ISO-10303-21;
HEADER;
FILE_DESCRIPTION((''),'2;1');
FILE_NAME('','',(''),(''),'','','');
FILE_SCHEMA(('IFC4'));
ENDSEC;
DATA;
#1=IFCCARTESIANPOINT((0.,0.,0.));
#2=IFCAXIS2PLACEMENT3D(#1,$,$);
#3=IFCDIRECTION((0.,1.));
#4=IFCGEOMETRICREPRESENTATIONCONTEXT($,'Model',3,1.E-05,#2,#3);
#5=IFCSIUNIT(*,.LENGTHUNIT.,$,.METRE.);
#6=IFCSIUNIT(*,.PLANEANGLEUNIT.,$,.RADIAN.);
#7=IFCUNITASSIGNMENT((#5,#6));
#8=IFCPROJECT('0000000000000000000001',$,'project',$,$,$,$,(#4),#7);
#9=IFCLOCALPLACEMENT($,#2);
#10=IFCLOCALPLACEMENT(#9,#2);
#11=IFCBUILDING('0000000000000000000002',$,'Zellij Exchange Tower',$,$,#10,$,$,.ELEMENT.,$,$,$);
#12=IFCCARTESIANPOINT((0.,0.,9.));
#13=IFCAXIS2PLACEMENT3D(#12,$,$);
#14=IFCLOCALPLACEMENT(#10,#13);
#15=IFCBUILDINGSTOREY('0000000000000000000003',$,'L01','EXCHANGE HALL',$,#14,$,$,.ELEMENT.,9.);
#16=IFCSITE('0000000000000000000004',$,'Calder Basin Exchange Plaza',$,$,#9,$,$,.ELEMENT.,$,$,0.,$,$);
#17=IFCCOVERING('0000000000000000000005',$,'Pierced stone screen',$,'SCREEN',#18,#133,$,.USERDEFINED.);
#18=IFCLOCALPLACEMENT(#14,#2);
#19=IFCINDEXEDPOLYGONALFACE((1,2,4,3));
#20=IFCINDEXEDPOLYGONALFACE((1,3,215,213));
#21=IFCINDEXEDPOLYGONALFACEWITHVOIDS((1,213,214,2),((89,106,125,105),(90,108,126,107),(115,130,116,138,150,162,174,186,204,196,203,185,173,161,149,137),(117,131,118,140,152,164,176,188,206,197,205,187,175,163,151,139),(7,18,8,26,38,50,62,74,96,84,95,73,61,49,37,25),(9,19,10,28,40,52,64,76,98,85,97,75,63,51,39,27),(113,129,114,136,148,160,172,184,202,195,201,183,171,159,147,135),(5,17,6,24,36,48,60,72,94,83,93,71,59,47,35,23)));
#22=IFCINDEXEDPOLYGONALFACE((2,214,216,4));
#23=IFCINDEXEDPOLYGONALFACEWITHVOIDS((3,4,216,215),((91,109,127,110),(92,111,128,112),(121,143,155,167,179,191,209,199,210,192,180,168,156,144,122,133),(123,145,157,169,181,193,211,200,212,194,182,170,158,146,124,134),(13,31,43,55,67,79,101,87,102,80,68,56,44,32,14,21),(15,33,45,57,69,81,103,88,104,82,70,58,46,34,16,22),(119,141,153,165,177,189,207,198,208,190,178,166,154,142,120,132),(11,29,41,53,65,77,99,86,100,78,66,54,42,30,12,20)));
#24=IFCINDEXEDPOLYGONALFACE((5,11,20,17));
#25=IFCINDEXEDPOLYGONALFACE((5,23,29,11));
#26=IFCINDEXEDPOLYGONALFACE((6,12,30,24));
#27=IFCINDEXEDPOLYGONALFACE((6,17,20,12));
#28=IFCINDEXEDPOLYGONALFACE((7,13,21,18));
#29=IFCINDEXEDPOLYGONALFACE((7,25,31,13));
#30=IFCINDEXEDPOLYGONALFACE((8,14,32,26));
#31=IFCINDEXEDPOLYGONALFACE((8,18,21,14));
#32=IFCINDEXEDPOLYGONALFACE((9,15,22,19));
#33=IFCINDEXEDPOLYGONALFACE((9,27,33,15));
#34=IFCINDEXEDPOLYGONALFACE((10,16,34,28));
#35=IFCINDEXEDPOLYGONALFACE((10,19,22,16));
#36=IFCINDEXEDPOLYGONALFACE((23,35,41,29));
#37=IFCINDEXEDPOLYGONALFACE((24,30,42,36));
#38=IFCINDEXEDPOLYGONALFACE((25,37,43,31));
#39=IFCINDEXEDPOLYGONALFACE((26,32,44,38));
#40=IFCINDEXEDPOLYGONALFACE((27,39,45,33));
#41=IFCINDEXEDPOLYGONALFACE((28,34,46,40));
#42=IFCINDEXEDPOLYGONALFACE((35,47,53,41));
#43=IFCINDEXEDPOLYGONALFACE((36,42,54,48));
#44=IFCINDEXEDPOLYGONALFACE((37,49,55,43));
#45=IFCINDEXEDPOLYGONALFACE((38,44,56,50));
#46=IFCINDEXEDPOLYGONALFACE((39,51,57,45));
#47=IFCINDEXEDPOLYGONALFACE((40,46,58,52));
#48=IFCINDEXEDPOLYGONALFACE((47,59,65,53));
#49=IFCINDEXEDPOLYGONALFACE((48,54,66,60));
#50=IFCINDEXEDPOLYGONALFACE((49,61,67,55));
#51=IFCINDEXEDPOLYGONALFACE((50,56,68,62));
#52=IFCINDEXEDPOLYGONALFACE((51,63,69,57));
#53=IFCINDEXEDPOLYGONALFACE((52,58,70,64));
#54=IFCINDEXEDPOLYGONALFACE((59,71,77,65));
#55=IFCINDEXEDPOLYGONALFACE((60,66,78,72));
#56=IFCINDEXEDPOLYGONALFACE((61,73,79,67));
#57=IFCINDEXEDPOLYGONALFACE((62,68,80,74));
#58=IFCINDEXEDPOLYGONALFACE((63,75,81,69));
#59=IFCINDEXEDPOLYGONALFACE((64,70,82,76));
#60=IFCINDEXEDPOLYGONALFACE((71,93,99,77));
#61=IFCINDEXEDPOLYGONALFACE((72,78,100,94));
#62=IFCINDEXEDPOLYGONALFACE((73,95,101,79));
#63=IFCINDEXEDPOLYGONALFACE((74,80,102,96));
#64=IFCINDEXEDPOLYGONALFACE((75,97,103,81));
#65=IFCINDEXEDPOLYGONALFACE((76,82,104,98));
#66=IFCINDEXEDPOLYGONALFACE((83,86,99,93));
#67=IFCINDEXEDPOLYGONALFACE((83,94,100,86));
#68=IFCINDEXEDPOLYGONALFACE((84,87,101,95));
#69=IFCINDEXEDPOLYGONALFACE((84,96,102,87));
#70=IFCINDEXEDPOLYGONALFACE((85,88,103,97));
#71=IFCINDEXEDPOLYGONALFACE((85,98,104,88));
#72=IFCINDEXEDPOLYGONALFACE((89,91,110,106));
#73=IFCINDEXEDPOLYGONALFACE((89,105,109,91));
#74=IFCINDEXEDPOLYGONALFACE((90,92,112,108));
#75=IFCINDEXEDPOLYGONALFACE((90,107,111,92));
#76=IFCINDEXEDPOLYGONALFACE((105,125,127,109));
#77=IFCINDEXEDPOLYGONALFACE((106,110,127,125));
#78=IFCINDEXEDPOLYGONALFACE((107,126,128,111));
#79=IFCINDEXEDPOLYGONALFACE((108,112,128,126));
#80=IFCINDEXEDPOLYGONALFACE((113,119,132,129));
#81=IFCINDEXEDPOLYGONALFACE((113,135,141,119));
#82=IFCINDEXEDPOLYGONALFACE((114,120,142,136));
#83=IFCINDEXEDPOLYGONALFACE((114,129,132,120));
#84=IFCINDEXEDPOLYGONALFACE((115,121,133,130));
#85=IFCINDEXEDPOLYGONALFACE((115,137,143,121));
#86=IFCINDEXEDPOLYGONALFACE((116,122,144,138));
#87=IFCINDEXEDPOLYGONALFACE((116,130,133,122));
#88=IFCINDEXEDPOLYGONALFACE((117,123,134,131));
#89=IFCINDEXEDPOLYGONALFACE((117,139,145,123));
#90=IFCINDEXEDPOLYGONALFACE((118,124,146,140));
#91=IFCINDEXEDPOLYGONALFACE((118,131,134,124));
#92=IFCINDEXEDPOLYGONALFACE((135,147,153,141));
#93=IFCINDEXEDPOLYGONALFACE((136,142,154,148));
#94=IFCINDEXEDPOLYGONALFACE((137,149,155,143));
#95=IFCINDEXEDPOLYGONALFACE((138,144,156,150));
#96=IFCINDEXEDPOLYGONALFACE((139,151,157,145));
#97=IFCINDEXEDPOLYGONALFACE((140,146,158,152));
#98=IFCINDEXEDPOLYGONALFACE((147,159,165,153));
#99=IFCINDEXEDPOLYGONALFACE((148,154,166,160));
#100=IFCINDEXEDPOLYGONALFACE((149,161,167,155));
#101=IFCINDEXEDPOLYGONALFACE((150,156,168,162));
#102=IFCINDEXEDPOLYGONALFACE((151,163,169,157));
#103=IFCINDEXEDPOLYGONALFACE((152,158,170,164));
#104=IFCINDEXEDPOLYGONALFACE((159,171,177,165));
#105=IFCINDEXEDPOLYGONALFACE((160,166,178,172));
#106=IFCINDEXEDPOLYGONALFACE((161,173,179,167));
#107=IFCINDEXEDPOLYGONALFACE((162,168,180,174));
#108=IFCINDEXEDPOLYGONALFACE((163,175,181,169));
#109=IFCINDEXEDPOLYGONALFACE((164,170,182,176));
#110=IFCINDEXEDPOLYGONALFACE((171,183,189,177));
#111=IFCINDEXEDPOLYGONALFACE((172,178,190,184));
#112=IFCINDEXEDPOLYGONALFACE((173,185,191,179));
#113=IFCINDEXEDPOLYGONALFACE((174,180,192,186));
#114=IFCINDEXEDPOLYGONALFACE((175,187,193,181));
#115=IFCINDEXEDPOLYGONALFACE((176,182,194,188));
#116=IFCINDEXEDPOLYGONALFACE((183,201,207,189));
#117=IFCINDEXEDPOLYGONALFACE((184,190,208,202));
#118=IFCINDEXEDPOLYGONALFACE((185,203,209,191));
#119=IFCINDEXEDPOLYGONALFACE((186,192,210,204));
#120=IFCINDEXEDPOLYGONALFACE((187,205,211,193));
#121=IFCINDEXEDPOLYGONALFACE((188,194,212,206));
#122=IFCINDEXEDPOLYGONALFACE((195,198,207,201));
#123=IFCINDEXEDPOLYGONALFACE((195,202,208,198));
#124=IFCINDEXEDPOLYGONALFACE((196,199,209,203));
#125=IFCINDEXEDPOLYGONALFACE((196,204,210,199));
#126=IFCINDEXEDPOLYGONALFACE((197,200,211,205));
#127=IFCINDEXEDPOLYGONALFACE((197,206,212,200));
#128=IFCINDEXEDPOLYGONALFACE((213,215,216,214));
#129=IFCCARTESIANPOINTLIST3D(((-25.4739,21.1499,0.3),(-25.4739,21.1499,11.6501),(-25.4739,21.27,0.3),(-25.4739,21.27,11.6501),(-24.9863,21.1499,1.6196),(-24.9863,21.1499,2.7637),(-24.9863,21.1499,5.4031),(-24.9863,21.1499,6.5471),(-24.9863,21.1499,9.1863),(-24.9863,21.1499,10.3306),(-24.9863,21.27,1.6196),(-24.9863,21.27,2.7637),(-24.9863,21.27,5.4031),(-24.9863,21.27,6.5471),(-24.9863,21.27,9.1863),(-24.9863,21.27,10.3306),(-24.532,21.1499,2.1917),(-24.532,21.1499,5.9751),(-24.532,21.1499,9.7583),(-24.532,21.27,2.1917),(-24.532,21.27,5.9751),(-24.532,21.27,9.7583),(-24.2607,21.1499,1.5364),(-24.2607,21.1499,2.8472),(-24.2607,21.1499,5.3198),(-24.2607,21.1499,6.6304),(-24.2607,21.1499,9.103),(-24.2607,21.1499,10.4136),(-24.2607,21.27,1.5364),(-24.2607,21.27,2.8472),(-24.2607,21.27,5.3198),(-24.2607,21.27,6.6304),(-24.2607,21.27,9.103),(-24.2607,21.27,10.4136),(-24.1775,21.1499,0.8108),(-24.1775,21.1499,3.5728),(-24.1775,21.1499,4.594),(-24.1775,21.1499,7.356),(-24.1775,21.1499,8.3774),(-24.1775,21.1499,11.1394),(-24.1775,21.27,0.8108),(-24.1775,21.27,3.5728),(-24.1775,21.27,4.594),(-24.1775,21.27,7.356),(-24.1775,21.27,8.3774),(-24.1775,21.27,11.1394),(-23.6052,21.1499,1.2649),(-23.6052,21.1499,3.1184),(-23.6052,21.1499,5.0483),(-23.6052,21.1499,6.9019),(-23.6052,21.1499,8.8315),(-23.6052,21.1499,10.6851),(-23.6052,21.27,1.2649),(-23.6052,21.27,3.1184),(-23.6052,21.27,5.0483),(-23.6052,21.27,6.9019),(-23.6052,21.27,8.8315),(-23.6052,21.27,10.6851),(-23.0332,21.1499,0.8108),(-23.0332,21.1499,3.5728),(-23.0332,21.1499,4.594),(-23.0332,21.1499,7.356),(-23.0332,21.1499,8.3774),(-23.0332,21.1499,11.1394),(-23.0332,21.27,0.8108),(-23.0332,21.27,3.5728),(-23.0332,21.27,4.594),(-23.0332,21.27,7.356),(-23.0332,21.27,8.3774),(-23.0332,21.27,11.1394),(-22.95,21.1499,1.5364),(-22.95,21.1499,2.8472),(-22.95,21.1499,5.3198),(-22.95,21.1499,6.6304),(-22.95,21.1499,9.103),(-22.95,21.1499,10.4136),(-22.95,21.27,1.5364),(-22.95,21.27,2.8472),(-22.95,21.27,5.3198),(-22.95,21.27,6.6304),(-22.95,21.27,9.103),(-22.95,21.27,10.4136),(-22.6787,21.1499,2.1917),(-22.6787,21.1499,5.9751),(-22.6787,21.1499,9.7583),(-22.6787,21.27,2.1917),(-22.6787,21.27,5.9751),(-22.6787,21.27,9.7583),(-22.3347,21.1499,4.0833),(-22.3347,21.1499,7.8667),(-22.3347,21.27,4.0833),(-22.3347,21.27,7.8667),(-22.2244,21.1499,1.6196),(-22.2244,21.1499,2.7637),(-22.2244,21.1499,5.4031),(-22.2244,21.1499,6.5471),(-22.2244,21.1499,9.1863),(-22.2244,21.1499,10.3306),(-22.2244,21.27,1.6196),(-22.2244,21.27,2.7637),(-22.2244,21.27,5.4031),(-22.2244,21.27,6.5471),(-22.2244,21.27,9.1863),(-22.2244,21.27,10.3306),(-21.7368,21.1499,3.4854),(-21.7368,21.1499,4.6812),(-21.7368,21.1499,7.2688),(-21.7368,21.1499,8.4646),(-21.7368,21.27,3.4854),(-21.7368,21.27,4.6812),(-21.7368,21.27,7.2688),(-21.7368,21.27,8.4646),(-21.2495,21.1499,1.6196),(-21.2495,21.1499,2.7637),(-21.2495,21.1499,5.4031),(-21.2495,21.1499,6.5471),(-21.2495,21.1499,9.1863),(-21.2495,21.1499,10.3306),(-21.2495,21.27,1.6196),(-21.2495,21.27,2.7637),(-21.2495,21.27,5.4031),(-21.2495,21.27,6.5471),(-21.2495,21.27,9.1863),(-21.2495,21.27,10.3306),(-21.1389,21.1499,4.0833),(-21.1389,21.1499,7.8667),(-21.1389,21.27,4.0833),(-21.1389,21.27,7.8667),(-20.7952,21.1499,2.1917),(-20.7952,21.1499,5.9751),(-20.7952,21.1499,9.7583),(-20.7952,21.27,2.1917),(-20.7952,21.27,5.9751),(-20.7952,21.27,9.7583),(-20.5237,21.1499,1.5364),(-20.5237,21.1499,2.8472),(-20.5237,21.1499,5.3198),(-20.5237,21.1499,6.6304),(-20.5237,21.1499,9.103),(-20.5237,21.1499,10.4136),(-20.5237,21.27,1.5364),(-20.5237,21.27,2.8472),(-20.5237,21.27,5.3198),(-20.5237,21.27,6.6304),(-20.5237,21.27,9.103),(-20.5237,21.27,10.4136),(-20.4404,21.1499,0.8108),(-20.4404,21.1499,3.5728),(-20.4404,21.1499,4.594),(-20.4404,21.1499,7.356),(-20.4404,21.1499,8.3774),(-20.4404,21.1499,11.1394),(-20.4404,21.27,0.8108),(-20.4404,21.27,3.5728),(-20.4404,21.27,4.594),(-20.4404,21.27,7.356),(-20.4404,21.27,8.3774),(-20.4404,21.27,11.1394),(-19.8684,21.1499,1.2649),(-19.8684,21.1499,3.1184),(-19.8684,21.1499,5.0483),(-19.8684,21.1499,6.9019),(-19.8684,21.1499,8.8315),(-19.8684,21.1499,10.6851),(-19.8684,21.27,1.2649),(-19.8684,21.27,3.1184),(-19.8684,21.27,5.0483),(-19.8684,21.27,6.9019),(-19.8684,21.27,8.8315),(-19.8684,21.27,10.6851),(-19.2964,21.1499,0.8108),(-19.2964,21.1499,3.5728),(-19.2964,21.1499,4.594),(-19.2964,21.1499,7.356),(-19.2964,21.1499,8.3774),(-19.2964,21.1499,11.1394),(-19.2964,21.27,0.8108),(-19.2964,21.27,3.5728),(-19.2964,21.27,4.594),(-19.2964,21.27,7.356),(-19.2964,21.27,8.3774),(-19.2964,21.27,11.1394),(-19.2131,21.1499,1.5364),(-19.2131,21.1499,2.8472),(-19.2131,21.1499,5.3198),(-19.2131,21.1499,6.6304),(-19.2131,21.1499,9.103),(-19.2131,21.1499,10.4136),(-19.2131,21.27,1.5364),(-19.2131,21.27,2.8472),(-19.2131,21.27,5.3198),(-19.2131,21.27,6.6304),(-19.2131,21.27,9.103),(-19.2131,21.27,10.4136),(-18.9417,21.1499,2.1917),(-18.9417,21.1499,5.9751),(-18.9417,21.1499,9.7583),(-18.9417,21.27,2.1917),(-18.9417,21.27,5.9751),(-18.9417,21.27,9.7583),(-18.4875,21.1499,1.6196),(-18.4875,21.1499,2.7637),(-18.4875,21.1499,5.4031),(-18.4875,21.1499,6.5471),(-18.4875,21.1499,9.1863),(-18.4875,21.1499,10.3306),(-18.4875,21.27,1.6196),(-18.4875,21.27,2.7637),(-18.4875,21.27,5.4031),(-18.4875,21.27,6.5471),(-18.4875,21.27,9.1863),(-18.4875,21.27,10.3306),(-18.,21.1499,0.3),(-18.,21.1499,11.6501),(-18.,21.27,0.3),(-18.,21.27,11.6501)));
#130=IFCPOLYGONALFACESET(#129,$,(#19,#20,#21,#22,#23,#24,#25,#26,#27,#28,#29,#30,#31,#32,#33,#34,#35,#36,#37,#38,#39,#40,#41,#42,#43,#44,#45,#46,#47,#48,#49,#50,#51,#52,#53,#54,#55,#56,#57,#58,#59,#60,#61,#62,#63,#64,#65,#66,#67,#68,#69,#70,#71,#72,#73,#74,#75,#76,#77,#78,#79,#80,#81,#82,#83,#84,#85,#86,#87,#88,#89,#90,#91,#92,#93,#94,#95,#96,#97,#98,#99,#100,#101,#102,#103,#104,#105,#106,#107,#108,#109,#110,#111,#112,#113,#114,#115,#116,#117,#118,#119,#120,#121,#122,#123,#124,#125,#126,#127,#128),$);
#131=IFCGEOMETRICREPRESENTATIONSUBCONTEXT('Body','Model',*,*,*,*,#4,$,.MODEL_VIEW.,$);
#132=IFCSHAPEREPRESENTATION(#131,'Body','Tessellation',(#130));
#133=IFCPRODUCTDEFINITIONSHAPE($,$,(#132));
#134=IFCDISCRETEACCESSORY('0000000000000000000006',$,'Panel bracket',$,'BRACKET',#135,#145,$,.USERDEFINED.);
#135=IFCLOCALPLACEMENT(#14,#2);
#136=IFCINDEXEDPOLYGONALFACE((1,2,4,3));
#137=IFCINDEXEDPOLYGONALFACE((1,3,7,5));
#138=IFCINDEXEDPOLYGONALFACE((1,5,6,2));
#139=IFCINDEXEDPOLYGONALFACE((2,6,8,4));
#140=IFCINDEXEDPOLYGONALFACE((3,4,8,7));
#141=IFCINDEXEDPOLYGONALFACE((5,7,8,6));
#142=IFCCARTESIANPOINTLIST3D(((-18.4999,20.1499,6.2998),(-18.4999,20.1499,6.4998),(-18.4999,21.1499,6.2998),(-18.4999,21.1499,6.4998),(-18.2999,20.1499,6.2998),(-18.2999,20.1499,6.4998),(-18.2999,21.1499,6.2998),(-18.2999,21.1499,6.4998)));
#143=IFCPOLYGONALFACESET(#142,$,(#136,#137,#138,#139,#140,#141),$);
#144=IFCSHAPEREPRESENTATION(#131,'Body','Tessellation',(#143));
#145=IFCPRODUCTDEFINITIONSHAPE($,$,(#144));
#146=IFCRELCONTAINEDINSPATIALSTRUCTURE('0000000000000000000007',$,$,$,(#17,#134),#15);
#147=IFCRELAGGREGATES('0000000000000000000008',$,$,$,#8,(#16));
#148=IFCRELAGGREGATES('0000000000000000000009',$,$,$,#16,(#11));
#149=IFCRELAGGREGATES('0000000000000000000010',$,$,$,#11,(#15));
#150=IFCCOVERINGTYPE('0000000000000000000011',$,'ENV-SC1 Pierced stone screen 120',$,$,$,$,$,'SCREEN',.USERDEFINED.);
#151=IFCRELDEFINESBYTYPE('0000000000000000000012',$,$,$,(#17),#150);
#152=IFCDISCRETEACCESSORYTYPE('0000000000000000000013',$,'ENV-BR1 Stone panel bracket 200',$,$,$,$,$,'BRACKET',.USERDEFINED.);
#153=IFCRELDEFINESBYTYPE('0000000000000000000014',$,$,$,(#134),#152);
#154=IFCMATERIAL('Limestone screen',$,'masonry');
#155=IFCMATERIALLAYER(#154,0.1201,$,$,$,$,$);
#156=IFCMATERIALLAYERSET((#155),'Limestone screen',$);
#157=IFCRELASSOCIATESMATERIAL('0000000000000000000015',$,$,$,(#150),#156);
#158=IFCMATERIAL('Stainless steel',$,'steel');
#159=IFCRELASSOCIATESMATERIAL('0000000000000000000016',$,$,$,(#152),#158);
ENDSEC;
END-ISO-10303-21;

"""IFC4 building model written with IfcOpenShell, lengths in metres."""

from ifc_helpers import new_model, si_unit, direction, frame, origin, origin_2d, place, context, subcontext, project, spatial, polyline, rectangle, outline, extrude, material, layer, layer_set, type_object, element, save


model = new_model("IFC4")

# Units and contexts
model_context = context("Model", 3, precision=1e-05, world=origin(), true_north=direction((0.0, 1.0)))
body_context = subcontext(model_context, "Body", "Model", "MODEL_VIEW")
ifc_project = project(units=[si_unit("LENGTHUNIT", "METRE"), si_unit("PLANEANGLEUNIT", "RADIAN")], contexts=[model_context])

# Site, building, storey
site_placement = place(None, origin())
site = spatial("IfcSite", under=ifc_project, at=site_placement, Name="Calder Basin Exchange Plaza", CompositionType="ELEMENT", RefElevation=0.0)
building_placement = place(site_placement, origin())
building = spatial("IfcBuilding", under=site, at=building_placement, Name="Zellij Exchange Tower", CompositionType="ELEMENT")
storey_placement = place(building_placement, frame((0.0, 0.0, 9.0)))
storey = spatial("IfcBuildingStorey", under=building, at=storey_placement, Name="L01", Description="EXCHANGE HALL", CompositionType="ELEMENT", Elevation=9.0)

# Covering
ifc_material_1 = material(Name="Limestone screen", Category="masonry")
ifc_layer_1 = layer(ifc_material_1, 0.1201)
ifc_layer_set_1 = layer_set([ifc_layer_1], Name="Limestone screen")
covering_type_1 = type_object("IfcCoveringType", Name="ENV-SC1 Pierced stone screen 120", ElementType="SCREEN", PredefinedType="USERDEFINED", material=ifc_layer_set_1)
covering_1_placement = place(storey_placement, frame((-18.0, 21.21, 0.3), z_axis=(0.0, 0.0, 1.0), x_axis=(-1.0, 0.0, 0.0)))
element("IfcCovering", 1, at=covering_1_placement, inside=storey, type_object=covering_type_1, Name="Pierced stone screen", ObjectType="SCREEN", PredefinedType="USERDEFINED", context=body_context, shape_type="SweptSolid", body=[
    extrude(outline(polyline([(0.0, 0.0), (7.4739, 0.0), (7.4739, 11.3501), (0.0, 11.3501), (0.0, 0.0)]), holes=[polyline([(3.2495, 2.4636), (2.5237, 2.5471), (2.4404, 3.2727), (1.8684, 2.8184), (1.2964, 3.2727), (1.2131, 2.5471), (0.4875, 2.4636), (0.9417, 1.8916), (0.4875, 1.3196), (1.2131, 1.2363), (1.2964, 0.5107), (1.8684, 0.9648), (2.4404, 0.5107), (2.5237, 1.2363), (3.2495, 1.3196), (2.7952, 1.8916), (3.2495, 2.4636)]), polyline([(3.2495, 6.2471), (2.5237, 6.3303), (2.4404, 7.0559), (1.8684, 6.6018), (1.2964, 7.0559), (1.2131, 6.3303), (0.4875, 6.2471), (0.9417, 5.675), (0.4875, 5.103), (1.2131, 5.0198), (1.2964, 4.2939), (1.8684, 4.7483), (2.4404, 4.2939), (2.5237, 5.0198), (3.2495, 5.103), (2.7952, 5.675), (3.2495, 6.2471)]), polyline([(3.2495, 10.0305), (2.5237, 10.1135), (2.4404, 10.8394), (1.8684, 10.385), (1.2964, 10.8394), (1.2131, 10.1135), (0.4875, 10.0305), (0.9417, 9.4583), (0.4875, 8.8862), (1.2131, 8.803), (1.2964, 8.0774), (1.8684, 8.5315), (2.4404, 8.0774), (2.5237, 8.803), (3.2495, 8.8862), (2.7952, 9.4583), (3.2495, 10.0305)]), polyline([(6.9863, 2.4636), (6.2607, 2.5471), (6.1775, 3.2727), (5.6052, 2.8184), (5.0332, 3.2727), (4.95, 2.5471), (4.2244, 2.4636), (4.6787, 1.8916), (4.2244, 1.3196), (4.95, 1.2363), (5.0332, 0.5107), (5.6052, 0.9648), (6.1775, 0.5107), (6.2607, 1.2363), (6.9863, 1.3196), (6.532, 1.8916), (6.9863, 2.4636)]), polyline([(6.9863, 6.2471), (6.2607, 6.3303), (6.1775, 7.0559), (5.6052, 6.6018), (5.0332, 7.0559), (4.95, 6.3303), (4.2244, 6.2471), (4.6787, 5.675), (4.2244, 5.103), (4.95, 5.0198), (5.0332, 4.2939), (5.6052, 4.7483), (6.1775, 4.2939), (6.2607, 5.0198), (6.9863, 5.103), (6.532, 5.675), (6.9863, 6.2471)]), polyline([(6.9863, 10.0305), (6.2607, 10.1135), (6.1775, 10.8394), (5.6052, 10.385), (5.0332, 10.8394), (4.95, 10.1135), (4.2244, 10.0305), (4.6787, 9.4583), (4.2244, 8.8862), (4.95, 8.803), (5.0332, 8.0774), (5.6052, 8.5315), (6.1775, 8.0774), (6.2607, 8.803), (6.9863, 8.8862), (6.532, 9.4583), (6.9863, 10.0305)]), polyline([(4.3347, 3.7832), (3.7368, 4.3811), (3.1389, 3.7832), (3.7368, 3.1853), (4.3347, 3.7832)]), polyline([(4.3347, 7.5667), (3.7368, 8.1646), (3.1389, 7.5667), (3.7368, 6.9688), (4.3347, 7.5667)])]), frame((0.0, 0.0601, 0.0), z_axis=(0.0, -1.0, 0.0), x_axis=(1.0, 0.0, 0.0)), (0.0, 0.0, 1.0), 0.1201),
])

# Discrete accessory
ifc_material_2 = material(Name="Stainless steel", Category="steel")
discrete_accessory_type = type_object("IfcDiscreteAccessoryType", Name="ENV-BR1 Stone panel bracket 200", ElementType="BRACKET", PredefinedType="USERDEFINED", material=ifc_material_2)
discrete_accessory_placement = place(storey_placement, frame((-18.3999, 20.6499, 6.2998), z_axis=(0.0, 0.0, 1.0), x_axis=(-1.0, 0.0, 0.0)))
element("IfcDiscreteAccessory", 2, at=discrete_accessory_placement, inside=storey, type_object=discrete_accessory_type, Name="Panel bracket", ObjectType="BRACKET", PredefinedType="USERDEFINED", context=body_context, shape_type="SweptSolid", body=[
    extrude(rectangle(XDim=0.2, YDim=1.0, at=origin_2d()), origin(), (0.0, 0.0, 1.0), 0.2),
])

save(model, "model.ifc")
